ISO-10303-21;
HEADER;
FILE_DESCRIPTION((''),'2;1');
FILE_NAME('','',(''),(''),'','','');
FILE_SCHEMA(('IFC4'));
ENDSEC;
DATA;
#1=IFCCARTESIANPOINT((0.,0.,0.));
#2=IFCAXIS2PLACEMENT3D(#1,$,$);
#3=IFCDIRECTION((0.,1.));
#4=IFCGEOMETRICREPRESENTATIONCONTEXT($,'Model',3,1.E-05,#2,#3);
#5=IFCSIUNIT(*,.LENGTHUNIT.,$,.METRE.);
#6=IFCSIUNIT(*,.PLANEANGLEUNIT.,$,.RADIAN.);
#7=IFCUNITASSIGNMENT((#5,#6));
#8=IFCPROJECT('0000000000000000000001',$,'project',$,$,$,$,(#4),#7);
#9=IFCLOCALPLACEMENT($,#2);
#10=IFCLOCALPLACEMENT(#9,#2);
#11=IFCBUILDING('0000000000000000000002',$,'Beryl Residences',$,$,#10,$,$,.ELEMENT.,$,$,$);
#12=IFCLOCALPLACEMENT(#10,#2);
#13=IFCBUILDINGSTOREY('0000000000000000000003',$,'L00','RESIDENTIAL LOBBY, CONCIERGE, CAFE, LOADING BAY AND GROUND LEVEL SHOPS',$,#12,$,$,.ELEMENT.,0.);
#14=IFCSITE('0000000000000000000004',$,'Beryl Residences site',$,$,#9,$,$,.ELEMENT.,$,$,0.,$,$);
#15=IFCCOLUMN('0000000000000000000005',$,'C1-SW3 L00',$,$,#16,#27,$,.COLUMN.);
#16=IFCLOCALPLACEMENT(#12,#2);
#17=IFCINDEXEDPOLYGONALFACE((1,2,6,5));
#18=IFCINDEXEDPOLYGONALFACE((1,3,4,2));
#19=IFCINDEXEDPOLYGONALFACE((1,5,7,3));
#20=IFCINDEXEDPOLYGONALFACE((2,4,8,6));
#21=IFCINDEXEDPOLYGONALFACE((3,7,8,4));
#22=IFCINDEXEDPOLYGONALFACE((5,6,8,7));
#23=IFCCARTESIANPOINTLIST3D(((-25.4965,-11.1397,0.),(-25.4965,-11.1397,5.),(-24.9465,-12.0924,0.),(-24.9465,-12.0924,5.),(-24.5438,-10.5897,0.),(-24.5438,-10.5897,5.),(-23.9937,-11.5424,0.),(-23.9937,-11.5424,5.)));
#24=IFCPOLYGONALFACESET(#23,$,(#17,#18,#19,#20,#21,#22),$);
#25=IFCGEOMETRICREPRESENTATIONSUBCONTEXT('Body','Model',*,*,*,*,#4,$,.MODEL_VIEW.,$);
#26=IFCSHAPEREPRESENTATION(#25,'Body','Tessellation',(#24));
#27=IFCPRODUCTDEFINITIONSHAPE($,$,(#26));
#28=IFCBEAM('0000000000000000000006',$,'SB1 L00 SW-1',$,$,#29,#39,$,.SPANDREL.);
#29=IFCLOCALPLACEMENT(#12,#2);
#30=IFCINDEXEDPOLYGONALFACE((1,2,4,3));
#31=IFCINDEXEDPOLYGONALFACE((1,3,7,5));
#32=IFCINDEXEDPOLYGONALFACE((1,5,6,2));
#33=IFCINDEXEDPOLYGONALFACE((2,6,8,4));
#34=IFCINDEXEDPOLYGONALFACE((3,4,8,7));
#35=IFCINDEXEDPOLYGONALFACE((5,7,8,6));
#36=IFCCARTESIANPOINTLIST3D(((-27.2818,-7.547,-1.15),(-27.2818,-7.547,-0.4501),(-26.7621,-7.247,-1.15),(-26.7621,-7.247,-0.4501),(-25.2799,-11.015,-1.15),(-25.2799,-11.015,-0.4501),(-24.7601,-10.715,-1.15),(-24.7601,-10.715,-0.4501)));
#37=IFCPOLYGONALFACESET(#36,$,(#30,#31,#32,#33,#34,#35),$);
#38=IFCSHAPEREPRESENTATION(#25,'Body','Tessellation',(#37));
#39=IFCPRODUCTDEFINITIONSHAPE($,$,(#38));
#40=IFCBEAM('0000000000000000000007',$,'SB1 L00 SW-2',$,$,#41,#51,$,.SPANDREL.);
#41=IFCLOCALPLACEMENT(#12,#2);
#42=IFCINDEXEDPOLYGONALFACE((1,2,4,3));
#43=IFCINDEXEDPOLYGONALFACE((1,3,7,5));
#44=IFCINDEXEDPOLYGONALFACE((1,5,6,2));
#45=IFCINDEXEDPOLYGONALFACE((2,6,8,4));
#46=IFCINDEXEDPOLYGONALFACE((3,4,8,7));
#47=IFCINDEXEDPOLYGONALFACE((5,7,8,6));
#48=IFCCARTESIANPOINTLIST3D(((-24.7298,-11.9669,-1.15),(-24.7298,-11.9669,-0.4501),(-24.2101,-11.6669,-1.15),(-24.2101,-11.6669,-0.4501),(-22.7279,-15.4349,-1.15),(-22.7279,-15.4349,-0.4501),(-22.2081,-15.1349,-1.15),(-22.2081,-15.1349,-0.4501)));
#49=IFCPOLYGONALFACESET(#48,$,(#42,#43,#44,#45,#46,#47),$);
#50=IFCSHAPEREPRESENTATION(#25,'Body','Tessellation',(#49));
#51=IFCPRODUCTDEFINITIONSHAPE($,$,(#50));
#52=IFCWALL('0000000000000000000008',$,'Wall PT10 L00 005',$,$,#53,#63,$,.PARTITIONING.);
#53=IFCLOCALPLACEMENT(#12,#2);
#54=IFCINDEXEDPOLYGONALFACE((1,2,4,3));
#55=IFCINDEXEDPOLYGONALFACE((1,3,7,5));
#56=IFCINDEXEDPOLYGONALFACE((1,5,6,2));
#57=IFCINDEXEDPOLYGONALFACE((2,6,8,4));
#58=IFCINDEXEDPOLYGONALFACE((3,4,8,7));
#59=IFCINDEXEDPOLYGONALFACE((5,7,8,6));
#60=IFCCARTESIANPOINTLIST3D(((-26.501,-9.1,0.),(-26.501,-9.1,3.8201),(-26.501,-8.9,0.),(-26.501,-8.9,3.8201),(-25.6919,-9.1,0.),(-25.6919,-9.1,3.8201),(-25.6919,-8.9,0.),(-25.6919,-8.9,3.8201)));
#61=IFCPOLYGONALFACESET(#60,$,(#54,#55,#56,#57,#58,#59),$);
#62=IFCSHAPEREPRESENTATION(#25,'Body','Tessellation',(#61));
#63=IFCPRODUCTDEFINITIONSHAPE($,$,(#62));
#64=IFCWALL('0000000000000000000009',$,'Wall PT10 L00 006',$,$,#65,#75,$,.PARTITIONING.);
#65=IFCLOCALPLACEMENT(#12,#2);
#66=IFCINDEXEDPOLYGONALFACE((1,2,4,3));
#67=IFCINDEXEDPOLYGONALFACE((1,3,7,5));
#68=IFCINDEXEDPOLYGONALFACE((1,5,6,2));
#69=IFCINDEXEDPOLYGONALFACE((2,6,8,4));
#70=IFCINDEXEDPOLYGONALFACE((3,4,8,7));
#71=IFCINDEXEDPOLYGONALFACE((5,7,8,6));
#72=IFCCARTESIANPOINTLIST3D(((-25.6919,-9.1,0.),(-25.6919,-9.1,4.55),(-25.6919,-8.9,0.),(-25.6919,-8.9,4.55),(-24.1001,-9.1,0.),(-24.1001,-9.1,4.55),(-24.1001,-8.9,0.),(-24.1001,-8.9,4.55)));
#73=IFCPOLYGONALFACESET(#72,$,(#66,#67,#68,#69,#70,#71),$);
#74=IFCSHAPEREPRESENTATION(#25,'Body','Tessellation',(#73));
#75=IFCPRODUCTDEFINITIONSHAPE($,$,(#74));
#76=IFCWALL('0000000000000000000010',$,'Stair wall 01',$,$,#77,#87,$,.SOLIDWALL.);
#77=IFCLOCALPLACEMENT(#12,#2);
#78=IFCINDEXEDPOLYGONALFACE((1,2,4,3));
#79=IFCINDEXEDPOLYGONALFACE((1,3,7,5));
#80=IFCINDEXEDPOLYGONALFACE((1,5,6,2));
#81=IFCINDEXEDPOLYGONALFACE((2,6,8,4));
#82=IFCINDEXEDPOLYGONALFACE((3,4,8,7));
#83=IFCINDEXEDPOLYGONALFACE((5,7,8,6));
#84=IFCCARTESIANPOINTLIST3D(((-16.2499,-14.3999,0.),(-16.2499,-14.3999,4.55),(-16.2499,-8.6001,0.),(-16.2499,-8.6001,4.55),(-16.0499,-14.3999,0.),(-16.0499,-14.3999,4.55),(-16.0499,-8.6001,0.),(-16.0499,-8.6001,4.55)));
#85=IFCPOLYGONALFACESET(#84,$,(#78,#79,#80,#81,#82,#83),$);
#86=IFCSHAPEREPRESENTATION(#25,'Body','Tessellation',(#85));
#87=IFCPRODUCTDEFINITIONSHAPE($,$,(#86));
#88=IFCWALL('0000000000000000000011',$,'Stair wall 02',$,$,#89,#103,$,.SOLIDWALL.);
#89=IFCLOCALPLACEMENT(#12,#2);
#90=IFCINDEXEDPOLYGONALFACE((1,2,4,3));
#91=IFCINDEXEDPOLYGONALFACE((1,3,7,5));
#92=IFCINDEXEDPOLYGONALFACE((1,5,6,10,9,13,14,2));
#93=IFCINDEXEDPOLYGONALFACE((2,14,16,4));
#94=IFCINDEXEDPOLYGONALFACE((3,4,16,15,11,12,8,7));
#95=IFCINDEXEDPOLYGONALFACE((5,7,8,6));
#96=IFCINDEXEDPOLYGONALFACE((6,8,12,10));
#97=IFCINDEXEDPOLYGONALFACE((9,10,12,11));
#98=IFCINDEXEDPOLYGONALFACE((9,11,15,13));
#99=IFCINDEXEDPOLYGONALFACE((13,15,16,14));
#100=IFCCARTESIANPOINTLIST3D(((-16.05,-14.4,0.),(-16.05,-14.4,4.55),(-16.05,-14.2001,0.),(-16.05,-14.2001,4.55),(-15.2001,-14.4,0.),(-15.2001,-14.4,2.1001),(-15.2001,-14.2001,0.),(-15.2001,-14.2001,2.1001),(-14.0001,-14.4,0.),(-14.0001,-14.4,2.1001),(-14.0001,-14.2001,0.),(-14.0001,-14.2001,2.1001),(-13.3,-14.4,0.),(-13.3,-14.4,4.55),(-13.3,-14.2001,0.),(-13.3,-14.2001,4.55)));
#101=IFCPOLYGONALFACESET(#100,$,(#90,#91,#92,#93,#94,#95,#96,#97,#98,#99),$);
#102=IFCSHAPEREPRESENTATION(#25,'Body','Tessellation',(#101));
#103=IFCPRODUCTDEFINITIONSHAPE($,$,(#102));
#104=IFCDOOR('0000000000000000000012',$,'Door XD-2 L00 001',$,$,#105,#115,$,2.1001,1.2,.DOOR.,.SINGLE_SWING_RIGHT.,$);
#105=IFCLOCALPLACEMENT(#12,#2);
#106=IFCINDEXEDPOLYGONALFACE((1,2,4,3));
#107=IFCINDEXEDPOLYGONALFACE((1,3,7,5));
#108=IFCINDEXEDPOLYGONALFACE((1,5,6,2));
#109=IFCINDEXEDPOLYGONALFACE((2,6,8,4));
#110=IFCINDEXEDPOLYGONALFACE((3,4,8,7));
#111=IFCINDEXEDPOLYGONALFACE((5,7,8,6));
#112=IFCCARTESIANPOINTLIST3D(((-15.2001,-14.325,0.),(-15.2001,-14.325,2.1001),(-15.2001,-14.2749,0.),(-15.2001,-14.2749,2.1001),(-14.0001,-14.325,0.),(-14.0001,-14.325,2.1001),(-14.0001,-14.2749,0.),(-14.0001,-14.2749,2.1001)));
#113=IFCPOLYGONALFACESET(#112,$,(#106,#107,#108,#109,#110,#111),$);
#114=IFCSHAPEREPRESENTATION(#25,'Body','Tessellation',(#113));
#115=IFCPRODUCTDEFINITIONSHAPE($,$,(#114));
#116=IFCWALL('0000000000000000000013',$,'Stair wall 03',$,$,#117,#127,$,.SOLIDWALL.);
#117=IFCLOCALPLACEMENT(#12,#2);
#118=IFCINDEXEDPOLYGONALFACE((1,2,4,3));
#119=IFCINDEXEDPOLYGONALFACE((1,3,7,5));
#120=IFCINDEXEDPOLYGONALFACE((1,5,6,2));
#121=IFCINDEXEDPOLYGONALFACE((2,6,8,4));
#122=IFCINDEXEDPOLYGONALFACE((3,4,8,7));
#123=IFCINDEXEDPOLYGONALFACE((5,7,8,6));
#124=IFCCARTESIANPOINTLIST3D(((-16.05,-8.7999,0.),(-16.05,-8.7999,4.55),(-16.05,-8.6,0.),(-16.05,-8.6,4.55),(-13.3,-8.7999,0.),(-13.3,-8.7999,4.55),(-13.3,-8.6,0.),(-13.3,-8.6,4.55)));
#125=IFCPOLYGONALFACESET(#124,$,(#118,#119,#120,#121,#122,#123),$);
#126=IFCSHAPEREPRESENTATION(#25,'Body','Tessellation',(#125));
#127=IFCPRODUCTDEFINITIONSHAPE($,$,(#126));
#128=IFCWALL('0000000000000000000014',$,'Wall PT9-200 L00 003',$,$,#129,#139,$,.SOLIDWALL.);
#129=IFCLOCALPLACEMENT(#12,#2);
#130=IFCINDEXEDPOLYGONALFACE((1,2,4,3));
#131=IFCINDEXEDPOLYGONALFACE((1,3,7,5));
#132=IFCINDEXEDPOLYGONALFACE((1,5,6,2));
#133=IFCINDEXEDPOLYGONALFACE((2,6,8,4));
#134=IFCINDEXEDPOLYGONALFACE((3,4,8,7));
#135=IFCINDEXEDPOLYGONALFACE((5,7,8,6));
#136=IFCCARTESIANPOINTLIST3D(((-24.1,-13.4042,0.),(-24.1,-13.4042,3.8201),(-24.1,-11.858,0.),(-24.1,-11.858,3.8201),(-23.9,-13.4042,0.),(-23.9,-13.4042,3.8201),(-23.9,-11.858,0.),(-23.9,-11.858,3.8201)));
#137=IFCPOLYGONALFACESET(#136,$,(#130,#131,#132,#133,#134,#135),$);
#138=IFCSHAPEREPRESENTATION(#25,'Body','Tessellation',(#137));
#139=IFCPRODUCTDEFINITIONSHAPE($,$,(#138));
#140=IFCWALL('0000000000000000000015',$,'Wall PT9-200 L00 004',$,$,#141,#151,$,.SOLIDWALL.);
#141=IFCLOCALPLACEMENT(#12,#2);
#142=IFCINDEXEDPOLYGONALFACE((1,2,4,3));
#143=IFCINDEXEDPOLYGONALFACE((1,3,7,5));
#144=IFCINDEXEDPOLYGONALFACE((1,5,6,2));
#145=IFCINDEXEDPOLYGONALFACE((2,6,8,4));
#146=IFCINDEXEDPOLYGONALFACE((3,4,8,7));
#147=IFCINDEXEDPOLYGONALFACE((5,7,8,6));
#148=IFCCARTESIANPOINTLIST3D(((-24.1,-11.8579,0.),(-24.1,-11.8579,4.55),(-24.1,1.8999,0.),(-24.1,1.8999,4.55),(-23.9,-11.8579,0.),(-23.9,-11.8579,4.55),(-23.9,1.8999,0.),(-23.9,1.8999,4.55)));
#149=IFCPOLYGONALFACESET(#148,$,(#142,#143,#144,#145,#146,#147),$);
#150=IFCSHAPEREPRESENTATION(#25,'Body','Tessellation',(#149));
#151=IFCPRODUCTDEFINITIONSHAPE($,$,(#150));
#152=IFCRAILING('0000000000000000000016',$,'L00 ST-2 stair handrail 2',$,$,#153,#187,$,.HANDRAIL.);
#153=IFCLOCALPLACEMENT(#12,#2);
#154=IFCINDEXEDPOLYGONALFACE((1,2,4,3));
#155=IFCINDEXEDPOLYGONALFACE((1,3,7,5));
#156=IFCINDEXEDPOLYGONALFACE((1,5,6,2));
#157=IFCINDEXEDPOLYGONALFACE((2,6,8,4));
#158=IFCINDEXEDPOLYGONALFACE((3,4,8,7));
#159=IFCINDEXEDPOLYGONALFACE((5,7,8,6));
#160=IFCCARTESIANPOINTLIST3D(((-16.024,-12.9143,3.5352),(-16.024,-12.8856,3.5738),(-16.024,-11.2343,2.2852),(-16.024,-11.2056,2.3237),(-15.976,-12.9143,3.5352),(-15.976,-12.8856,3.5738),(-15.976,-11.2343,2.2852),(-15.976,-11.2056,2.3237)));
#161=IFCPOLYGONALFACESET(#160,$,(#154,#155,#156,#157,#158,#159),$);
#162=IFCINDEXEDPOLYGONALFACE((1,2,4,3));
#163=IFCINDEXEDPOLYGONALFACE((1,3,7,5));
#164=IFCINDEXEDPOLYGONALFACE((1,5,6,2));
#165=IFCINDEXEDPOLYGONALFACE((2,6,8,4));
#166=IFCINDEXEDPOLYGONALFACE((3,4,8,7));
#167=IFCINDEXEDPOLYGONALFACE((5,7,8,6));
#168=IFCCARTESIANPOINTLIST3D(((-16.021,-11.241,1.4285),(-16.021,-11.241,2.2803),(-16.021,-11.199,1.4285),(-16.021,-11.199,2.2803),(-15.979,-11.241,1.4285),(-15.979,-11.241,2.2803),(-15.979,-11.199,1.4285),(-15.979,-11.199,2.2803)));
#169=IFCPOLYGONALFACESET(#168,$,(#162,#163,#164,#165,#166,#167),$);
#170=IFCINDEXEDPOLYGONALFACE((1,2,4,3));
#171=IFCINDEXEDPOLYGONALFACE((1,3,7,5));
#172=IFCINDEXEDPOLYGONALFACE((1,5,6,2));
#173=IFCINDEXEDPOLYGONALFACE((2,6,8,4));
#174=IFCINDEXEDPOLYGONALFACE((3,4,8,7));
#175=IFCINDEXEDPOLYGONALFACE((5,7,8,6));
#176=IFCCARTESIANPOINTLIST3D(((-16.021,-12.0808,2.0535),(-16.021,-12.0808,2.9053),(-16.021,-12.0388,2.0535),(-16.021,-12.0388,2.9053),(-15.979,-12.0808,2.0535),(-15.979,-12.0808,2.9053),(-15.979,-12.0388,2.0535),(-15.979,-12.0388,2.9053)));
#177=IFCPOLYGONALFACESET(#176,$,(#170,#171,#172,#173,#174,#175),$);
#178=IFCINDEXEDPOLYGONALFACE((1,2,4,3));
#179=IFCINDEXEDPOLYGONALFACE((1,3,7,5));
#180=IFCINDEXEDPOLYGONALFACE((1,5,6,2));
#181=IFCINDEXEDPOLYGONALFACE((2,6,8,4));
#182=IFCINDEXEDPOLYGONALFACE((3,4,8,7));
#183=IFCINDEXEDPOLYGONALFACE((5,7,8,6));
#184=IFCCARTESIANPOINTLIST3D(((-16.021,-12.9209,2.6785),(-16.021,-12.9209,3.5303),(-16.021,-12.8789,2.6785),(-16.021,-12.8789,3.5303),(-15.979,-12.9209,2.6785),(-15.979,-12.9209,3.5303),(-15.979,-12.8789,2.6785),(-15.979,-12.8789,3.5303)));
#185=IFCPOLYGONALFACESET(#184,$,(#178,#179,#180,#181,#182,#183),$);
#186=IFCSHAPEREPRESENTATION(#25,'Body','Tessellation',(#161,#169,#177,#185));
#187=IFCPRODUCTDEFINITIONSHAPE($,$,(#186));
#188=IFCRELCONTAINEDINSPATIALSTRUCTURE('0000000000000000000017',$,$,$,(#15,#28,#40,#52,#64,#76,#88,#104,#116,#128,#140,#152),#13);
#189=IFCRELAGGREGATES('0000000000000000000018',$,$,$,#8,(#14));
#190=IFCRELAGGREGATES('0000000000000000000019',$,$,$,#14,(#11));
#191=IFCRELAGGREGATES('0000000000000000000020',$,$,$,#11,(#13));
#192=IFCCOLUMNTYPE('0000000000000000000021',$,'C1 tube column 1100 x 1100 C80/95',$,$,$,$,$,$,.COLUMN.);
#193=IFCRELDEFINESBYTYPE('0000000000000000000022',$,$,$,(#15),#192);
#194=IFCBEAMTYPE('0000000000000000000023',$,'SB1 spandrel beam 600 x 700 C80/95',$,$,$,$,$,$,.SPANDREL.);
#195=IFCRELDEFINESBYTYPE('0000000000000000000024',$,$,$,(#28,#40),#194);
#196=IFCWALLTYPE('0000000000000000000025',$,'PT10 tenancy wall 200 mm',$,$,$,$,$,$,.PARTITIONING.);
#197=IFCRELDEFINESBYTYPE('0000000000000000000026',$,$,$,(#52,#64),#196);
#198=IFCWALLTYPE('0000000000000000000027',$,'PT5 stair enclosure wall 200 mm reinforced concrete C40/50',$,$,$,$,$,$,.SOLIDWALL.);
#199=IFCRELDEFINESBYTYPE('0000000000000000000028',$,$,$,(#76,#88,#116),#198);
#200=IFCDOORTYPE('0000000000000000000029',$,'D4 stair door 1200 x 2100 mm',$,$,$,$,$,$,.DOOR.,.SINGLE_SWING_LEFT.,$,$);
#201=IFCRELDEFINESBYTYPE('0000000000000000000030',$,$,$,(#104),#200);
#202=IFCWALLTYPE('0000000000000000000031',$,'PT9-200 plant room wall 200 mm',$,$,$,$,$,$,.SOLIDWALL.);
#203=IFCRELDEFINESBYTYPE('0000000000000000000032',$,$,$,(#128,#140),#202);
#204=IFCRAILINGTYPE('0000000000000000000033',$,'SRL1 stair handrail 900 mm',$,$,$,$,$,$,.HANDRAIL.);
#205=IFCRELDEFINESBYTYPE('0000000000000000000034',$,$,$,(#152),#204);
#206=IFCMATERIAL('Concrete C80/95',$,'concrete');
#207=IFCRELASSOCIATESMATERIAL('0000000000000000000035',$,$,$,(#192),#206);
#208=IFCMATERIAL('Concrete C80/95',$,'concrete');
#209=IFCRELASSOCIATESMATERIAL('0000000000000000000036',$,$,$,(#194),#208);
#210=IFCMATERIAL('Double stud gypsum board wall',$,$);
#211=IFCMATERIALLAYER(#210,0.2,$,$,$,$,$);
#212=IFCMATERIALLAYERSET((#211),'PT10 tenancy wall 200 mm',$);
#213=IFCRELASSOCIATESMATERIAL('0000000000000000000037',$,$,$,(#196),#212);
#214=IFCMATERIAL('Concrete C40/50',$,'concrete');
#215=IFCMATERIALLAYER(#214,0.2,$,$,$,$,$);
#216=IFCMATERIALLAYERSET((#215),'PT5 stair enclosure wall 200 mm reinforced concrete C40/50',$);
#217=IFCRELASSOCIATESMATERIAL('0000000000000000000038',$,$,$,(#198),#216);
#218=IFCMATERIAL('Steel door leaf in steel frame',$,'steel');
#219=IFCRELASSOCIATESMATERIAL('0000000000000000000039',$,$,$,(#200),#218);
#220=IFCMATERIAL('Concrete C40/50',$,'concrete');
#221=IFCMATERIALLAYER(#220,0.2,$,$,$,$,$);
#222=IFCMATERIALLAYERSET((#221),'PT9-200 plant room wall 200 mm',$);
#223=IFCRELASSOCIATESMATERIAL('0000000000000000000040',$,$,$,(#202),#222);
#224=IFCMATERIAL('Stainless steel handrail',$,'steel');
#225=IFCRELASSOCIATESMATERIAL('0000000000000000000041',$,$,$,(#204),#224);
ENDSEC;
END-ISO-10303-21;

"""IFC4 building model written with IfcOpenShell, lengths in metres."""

from ifc_helpers import new_model, si_unit, direction, frame, frame_2d, origin, origin_2d, place, context, subcontext, project, spatial, rectangle, extrude, material, layer, layer_set, material_profile, profile_set, type_object, element, fill, save


model = new_model("IFC4")

# Units and contexts
model_context = context("Model", 3, precision=1e-05, world=origin(), true_north=direction((0.0, 1.0)))
body_context = subcontext(model_context, "Body", "Model", "MODEL_VIEW")
ifc_project = project(units=[si_unit("LENGTHUNIT", "METRE"), si_unit("PLANEANGLEUNIT", "RADIAN")], contexts=[model_context])

# Site, building, storey
site_placement = place(None, origin())
site = spatial("IfcSite", under=ifc_project, at=site_placement, Name="Beryl Residences site", CompositionType="ELEMENT", RefElevation=0.0)
building_placement = place(site_placement, origin())
building = spatial("IfcBuilding", under=site, at=building_placement, Name="Beryl Residences", CompositionType="ELEMENT")
storey_placement = place(building_placement, origin())
storey = spatial("IfcBuildingStorey", under=building, at=storey_placement, Name="L00", Description="RESIDENTIAL LOBBY, CONCIERGE, CAFE, LOADING BAY AND GROUND LEVEL SHOPS", CompositionType="ELEMENT", Elevation=0.0)

# Column
ifc_material_1 = material(Name="Concrete C80/95", Category="concrete")
ifc_material_profile_1 = material_profile(ifc_material_1, rectangle(XDim=1.1001, YDim=1.1001, at=origin_2d()))
ifc_profile_set_1 = profile_set([ifc_material_profile_1], Name="Concrete C80/95")
column_type = type_object("IfcColumnType", Name="C1 tube column 1100 x 1100 C80/95", PredefinedType="COLUMN", material=ifc_profile_set_1)
column_placement = place(storey_placement, frame((-24.7451, -11.3411, 0.0), z_axis=(0.0, 0.0, 1.0), x_axis=(0.499985, -0.866034, 0.0)))
element("IfcColumn", 1, at=column_placement, inside=storey, type_object=column_type, Name="C1-SW3 L00", PredefinedType="COLUMN", context=body_context, shape_type="SweptSolid", body=[
    extrude(rectangle(XDim=1.1001, YDim=1.1001, at=origin_2d()), origin(), (0.0, 0.0, 1.0), 5.0),
])

# Beams
ifc_material_2 = material(Name="Concrete C80/95", Category="concrete")
ifc_material_profile_2 = material_profile(ifc_material_2, rectangle(XDim=0.6001, YDim=0.7, at=origin_2d()))
ifc_profile_set_2 = profile_set([ifc_material_profile_2], Name="Concrete C80/95")
beam_type = type_object("IfcBeamType", Name="SB1 spandrel beam 600 x 700 C80/95", PredefinedType="SPANDREL", material=ifc_profile_set_2)
for number, where, z_axis, x_axis, name in (
    (2, (-27.022, -7.397, -0.8), (0.499942, -0.866059, 0.0), (0.866059, 0.499942, 0.0), "SB1 L00 SW-1"),
    (3, (-24.47, -11.8169, -0.8), (0.499942, -0.866059, 0.0), (0.866059, 0.499942, 0.0), "SB1 L00 SW-2"),
):
    element("IfcBeam", number, at=place(storey_placement, frame(where, z_axis=z_axis, x_axis=x_axis)), inside=storey, type_object=beam_type, Name=name, PredefinedType="SPANDREL", context=body_context, shape_type="SweptSolid", body=[
        extrude(rectangle(XDim=0.6001, YDim=0.7, at=origin_2d()), origin(), (0.0, 0.0, 1.0), 4.0044),
    ])

# Walls
ifc_material_3 = material(Name="Double stud gypsum board wall")
ifc_layer_1 = layer(ifc_material_3, 0.2)
ifc_layer_set_1 = layer_set([ifc_layer_1], Name="PT10 tenancy wall 200 mm")
wall_type_1 = type_object("IfcWallType", Name="PT10 tenancy wall 200 mm", PredefinedType="PARTITIONING", material=ifc_layer_set_1)
wall_1_placement = place(storey_placement, frame((-26.501, -9.0, 0.0), z_axis=(0.0, 0.0, 1.0), x_axis=(1.0, 0.0, 0.0)))
element("IfcWall", 4, at=wall_1_placement, inside=storey, type_object=wall_type_1, Name="Wall PT10 L00 005", PredefinedType="PARTITIONING", context=body_context, shape_type="SweptSolid", body=[
    extrude(rectangle(XDim=0.8091, YDim=0.2, at=frame_2d((0.4045, 0.0))), origin(), (0.0, 0.0, 1.0), 3.8201),
])
wall_2_placement = place(storey_placement, frame((-25.6919, -9.0, 0.0), z_axis=(0.0, 0.0, 1.0), x_axis=(1.0, 0.0, 0.0)))
element("IfcWall", 5, at=wall_2_placement, inside=storey, type_object=wall_type_1, Name="Wall PT10 L00 006", PredefinedType="PARTITIONING", context=body_context, shape_type="SweptSolid", body=[
    extrude(rectangle(XDim=1.5918, YDim=0.2, at=frame_2d((0.7959, 0.0))), origin(), (0.0, 0.0, 1.0), 4.55),
])
ifc_material_4 = material(Name="Concrete C40/50", Category="concrete")
ifc_layer_2 = layer(ifc_material_4, 0.2)
ifc_layer_set_2 = layer_set([ifc_layer_2], Name="PT5 stair enclosure wall 200 mm reinforced concrete C40/50")
wall_type_2 = type_object("IfcWallType", Name="PT5 stair enclosure wall 200 mm reinforced concrete C40/50", PredefinedType="SOLIDWALL", material=ifc_layer_set_2)
wall_3_placement = place(storey_placement, frame((-16.1499, -14.3999, 0.0), z_axis=(0.0, 0.0, 1.0), x_axis=(0.0, 1.0, 0.0)))
element("IfcWall", 6, at=wall_3_placement, inside=storey, type_object=wall_type_2, Name="Stair wall 01", PredefinedType="SOLIDWALL", context=body_context, shape_type="SweptSolid", body=[
    extrude(rectangle(XDim=5.7998, YDim=0.2, at=frame_2d((2.8999, 0.0))), origin(), (0.0, 0.0, 1.0), 4.55),
])

# Wall, opening, door
wall_4_placement = place(storey_placement, frame((-16.05, -14.3, 0.0), z_axis=(0.0, 0.0, 1.0), x_axis=(1.0, 0.0, 0.0)))
wall_4 = element("IfcWall", 7, at=wall_4_placement, inside=storey, type_object=wall_type_2, Name="Stair wall 02", PredefinedType="SOLIDWALL", context=body_context, shape_type="SweptSolid", body=[
    extrude(rectangle(XDim=2.75, YDim=0.2, at=frame_2d((1.375, 0.0))), origin(), (0.0, 0.0, 1.0), 4.55),
])
opening_placement = place(wall_4_placement, frame((2.05, 0.0, 0.0), z_axis=(0.0, 0.0, 1.0), x_axis=(-1.0, 0.0, 0.0)))
opening = element("IfcOpeningElement", 8, at=opening_placement, cuts=wall_4, PredefinedType="OPENING", context=body_context, shape_type="SweptSolid", body=[
    extrude(rectangle(XDim=1.2, YDim=2.1001, at=frame_2d((0.6001, 1.05))), frame((0.0, 0.1099, 0.0), z_axis=(0.0, -1.0, 0.0), x_axis=(1.0, 0.0, 0.0)), (0.0, 0.0, 1.0), 0.22),
])
ifc_material_5 = material(Name="Steel door leaf in steel frame", Category="steel")
door_type = type_object("IfcDoorType", Name="D4 stair door 1200 x 2100 mm", OperationType="SINGLE_SWING_LEFT", PredefinedType="DOOR", material=ifc_material_5)
door_placement = place(opening_placement, origin())
door = element("IfcDoor", 9, at=door_placement, inside=storey, type_object=door_type, Name="Door XD-2 L00 001", OperationType="SINGLE_SWING_RIGHT", OverallHeight=2.1001, OverallWidth=1.2, PredefinedType="DOOR", context=body_context, shape_type="SweptSolid", body=[
    extrude(rectangle(XDim=1.2, YDim=2.1001, at=frame_2d((0.6001, 1.05))), frame((0.0, 0.0249, 0.0), z_axis=(0.0, -1.0, 0.0), x_axis=(1.0, 0.0, 0.0)), (0.0, 0.0, 1.0), 0.05),
])
fill(opening, door)

# Walls
wall_5_placement = place(storey_placement, frame((-16.05, -8.7, 0.0), z_axis=(0.0, 0.0, 1.0), x_axis=(1.0, 0.0, 0.0)))
element("IfcWall", 10, at=wall_5_placement, inside=storey, type_object=wall_type_2, Name="Stair wall 03", PredefinedType="SOLIDWALL", context=body_context, shape_type="SweptSolid", body=[
    extrude(rectangle(XDim=2.75, YDim=0.2, at=frame_2d((1.375, 0.0))), origin(), (0.0, 0.0, 1.0), 4.55),
])
ifc_material_6 = material(Name="Concrete C40/50", Category="concrete")
ifc_layer_3 = layer(ifc_material_6, 0.2)
ifc_layer_set_3 = layer_set([ifc_layer_3], Name="PT9-200 plant room wall 200 mm")
wall_type_3 = type_object("IfcWallType", Name="PT9-200 plant room wall 200 mm", PredefinedType="SOLIDWALL", material=ifc_layer_set_3)
wall_6_placement = place(storey_placement, frame((-24.0, -13.4041, 0.0), z_axis=(0.0, 0.0, 1.0), x_axis=(0.0, 1.0, 0.0)))
element("IfcWall", 11, at=wall_6_placement, inside=storey, type_object=wall_type_3, Name="Wall PT9-200 L00 003", PredefinedType="SOLIDWALL", context=body_context, shape_type="SweptSolid", body=[
    extrude(rectangle(XDim=1.5461, YDim=0.2, at=frame_2d((0.7729, 0.0))), origin(), (0.0, 0.0, 1.0), 3.8201),
])
wall_7_placement = place(storey_placement, frame((-24.0, -11.8579, 0.0), z_axis=(0.0, 0.0, 1.0), x_axis=(0.0, 1.0, 0.0)))
element("IfcWall", 12, at=wall_7_placement, inside=storey, type_object=wall_type_3, Name="Wall PT9-200 L00 004", PredefinedType="SOLIDWALL", context=body_context, shape_type="SweptSolid", body=[
    extrude(rectangle(XDim=13.7578, YDim=0.2, at=frame_2d((6.8789, 0.0))), origin(), (0.0, 0.0, 1.0), 4.55),
])

# Railing
ifc_material_7 = material(Name="Stainless steel handrail", Category="steel")
railing_type = type_object("IfcRailingType", Name="SRL1 stair handrail 900 mm", PredefinedType="HANDRAIL", material=ifc_material_7)
for number, where, name in (
    (13, (-16.0, -11.22, 1.4285), "L00 ST-2 stair handrail 2"),
):
    element("IfcRailing", number, at=place(storey_placement, frame(where)), inside=storey, type_object=railing_type, Name=name, PredefinedType="HANDRAIL", context=body_context, shape_type="SweptSolid", body=[
        extrude(rectangle(XDim=0.0481, YDim=0.0481, at=origin_2d()), frame((0.0, 0.0, 0.876), z_axis=(0.0, -0.802275, 0.596955), x_axis=(1.0, 0.0, 0.0)), (0.0, 0.0, 1.0), 2.094),
        extrude(rectangle(XDim=0.042, YDim=0.042, at=origin_2d()), origin(), (0.0, 0.0, 1.0), 0.8518),
        extrude(rectangle(XDim=0.042, YDim=0.042, at=origin_2d()), frame((0.0, -0.8398, 0.625)), (0.0, 0.0, 1.0), 0.8518),
        extrude(rectangle(XDim=0.042, YDim=0.042, at=origin_2d()), frame((0.0, -1.6799, 1.25)), (0.0, 0.0, 1.0), 0.8518),
    ])

save(model, "model.ifc")
